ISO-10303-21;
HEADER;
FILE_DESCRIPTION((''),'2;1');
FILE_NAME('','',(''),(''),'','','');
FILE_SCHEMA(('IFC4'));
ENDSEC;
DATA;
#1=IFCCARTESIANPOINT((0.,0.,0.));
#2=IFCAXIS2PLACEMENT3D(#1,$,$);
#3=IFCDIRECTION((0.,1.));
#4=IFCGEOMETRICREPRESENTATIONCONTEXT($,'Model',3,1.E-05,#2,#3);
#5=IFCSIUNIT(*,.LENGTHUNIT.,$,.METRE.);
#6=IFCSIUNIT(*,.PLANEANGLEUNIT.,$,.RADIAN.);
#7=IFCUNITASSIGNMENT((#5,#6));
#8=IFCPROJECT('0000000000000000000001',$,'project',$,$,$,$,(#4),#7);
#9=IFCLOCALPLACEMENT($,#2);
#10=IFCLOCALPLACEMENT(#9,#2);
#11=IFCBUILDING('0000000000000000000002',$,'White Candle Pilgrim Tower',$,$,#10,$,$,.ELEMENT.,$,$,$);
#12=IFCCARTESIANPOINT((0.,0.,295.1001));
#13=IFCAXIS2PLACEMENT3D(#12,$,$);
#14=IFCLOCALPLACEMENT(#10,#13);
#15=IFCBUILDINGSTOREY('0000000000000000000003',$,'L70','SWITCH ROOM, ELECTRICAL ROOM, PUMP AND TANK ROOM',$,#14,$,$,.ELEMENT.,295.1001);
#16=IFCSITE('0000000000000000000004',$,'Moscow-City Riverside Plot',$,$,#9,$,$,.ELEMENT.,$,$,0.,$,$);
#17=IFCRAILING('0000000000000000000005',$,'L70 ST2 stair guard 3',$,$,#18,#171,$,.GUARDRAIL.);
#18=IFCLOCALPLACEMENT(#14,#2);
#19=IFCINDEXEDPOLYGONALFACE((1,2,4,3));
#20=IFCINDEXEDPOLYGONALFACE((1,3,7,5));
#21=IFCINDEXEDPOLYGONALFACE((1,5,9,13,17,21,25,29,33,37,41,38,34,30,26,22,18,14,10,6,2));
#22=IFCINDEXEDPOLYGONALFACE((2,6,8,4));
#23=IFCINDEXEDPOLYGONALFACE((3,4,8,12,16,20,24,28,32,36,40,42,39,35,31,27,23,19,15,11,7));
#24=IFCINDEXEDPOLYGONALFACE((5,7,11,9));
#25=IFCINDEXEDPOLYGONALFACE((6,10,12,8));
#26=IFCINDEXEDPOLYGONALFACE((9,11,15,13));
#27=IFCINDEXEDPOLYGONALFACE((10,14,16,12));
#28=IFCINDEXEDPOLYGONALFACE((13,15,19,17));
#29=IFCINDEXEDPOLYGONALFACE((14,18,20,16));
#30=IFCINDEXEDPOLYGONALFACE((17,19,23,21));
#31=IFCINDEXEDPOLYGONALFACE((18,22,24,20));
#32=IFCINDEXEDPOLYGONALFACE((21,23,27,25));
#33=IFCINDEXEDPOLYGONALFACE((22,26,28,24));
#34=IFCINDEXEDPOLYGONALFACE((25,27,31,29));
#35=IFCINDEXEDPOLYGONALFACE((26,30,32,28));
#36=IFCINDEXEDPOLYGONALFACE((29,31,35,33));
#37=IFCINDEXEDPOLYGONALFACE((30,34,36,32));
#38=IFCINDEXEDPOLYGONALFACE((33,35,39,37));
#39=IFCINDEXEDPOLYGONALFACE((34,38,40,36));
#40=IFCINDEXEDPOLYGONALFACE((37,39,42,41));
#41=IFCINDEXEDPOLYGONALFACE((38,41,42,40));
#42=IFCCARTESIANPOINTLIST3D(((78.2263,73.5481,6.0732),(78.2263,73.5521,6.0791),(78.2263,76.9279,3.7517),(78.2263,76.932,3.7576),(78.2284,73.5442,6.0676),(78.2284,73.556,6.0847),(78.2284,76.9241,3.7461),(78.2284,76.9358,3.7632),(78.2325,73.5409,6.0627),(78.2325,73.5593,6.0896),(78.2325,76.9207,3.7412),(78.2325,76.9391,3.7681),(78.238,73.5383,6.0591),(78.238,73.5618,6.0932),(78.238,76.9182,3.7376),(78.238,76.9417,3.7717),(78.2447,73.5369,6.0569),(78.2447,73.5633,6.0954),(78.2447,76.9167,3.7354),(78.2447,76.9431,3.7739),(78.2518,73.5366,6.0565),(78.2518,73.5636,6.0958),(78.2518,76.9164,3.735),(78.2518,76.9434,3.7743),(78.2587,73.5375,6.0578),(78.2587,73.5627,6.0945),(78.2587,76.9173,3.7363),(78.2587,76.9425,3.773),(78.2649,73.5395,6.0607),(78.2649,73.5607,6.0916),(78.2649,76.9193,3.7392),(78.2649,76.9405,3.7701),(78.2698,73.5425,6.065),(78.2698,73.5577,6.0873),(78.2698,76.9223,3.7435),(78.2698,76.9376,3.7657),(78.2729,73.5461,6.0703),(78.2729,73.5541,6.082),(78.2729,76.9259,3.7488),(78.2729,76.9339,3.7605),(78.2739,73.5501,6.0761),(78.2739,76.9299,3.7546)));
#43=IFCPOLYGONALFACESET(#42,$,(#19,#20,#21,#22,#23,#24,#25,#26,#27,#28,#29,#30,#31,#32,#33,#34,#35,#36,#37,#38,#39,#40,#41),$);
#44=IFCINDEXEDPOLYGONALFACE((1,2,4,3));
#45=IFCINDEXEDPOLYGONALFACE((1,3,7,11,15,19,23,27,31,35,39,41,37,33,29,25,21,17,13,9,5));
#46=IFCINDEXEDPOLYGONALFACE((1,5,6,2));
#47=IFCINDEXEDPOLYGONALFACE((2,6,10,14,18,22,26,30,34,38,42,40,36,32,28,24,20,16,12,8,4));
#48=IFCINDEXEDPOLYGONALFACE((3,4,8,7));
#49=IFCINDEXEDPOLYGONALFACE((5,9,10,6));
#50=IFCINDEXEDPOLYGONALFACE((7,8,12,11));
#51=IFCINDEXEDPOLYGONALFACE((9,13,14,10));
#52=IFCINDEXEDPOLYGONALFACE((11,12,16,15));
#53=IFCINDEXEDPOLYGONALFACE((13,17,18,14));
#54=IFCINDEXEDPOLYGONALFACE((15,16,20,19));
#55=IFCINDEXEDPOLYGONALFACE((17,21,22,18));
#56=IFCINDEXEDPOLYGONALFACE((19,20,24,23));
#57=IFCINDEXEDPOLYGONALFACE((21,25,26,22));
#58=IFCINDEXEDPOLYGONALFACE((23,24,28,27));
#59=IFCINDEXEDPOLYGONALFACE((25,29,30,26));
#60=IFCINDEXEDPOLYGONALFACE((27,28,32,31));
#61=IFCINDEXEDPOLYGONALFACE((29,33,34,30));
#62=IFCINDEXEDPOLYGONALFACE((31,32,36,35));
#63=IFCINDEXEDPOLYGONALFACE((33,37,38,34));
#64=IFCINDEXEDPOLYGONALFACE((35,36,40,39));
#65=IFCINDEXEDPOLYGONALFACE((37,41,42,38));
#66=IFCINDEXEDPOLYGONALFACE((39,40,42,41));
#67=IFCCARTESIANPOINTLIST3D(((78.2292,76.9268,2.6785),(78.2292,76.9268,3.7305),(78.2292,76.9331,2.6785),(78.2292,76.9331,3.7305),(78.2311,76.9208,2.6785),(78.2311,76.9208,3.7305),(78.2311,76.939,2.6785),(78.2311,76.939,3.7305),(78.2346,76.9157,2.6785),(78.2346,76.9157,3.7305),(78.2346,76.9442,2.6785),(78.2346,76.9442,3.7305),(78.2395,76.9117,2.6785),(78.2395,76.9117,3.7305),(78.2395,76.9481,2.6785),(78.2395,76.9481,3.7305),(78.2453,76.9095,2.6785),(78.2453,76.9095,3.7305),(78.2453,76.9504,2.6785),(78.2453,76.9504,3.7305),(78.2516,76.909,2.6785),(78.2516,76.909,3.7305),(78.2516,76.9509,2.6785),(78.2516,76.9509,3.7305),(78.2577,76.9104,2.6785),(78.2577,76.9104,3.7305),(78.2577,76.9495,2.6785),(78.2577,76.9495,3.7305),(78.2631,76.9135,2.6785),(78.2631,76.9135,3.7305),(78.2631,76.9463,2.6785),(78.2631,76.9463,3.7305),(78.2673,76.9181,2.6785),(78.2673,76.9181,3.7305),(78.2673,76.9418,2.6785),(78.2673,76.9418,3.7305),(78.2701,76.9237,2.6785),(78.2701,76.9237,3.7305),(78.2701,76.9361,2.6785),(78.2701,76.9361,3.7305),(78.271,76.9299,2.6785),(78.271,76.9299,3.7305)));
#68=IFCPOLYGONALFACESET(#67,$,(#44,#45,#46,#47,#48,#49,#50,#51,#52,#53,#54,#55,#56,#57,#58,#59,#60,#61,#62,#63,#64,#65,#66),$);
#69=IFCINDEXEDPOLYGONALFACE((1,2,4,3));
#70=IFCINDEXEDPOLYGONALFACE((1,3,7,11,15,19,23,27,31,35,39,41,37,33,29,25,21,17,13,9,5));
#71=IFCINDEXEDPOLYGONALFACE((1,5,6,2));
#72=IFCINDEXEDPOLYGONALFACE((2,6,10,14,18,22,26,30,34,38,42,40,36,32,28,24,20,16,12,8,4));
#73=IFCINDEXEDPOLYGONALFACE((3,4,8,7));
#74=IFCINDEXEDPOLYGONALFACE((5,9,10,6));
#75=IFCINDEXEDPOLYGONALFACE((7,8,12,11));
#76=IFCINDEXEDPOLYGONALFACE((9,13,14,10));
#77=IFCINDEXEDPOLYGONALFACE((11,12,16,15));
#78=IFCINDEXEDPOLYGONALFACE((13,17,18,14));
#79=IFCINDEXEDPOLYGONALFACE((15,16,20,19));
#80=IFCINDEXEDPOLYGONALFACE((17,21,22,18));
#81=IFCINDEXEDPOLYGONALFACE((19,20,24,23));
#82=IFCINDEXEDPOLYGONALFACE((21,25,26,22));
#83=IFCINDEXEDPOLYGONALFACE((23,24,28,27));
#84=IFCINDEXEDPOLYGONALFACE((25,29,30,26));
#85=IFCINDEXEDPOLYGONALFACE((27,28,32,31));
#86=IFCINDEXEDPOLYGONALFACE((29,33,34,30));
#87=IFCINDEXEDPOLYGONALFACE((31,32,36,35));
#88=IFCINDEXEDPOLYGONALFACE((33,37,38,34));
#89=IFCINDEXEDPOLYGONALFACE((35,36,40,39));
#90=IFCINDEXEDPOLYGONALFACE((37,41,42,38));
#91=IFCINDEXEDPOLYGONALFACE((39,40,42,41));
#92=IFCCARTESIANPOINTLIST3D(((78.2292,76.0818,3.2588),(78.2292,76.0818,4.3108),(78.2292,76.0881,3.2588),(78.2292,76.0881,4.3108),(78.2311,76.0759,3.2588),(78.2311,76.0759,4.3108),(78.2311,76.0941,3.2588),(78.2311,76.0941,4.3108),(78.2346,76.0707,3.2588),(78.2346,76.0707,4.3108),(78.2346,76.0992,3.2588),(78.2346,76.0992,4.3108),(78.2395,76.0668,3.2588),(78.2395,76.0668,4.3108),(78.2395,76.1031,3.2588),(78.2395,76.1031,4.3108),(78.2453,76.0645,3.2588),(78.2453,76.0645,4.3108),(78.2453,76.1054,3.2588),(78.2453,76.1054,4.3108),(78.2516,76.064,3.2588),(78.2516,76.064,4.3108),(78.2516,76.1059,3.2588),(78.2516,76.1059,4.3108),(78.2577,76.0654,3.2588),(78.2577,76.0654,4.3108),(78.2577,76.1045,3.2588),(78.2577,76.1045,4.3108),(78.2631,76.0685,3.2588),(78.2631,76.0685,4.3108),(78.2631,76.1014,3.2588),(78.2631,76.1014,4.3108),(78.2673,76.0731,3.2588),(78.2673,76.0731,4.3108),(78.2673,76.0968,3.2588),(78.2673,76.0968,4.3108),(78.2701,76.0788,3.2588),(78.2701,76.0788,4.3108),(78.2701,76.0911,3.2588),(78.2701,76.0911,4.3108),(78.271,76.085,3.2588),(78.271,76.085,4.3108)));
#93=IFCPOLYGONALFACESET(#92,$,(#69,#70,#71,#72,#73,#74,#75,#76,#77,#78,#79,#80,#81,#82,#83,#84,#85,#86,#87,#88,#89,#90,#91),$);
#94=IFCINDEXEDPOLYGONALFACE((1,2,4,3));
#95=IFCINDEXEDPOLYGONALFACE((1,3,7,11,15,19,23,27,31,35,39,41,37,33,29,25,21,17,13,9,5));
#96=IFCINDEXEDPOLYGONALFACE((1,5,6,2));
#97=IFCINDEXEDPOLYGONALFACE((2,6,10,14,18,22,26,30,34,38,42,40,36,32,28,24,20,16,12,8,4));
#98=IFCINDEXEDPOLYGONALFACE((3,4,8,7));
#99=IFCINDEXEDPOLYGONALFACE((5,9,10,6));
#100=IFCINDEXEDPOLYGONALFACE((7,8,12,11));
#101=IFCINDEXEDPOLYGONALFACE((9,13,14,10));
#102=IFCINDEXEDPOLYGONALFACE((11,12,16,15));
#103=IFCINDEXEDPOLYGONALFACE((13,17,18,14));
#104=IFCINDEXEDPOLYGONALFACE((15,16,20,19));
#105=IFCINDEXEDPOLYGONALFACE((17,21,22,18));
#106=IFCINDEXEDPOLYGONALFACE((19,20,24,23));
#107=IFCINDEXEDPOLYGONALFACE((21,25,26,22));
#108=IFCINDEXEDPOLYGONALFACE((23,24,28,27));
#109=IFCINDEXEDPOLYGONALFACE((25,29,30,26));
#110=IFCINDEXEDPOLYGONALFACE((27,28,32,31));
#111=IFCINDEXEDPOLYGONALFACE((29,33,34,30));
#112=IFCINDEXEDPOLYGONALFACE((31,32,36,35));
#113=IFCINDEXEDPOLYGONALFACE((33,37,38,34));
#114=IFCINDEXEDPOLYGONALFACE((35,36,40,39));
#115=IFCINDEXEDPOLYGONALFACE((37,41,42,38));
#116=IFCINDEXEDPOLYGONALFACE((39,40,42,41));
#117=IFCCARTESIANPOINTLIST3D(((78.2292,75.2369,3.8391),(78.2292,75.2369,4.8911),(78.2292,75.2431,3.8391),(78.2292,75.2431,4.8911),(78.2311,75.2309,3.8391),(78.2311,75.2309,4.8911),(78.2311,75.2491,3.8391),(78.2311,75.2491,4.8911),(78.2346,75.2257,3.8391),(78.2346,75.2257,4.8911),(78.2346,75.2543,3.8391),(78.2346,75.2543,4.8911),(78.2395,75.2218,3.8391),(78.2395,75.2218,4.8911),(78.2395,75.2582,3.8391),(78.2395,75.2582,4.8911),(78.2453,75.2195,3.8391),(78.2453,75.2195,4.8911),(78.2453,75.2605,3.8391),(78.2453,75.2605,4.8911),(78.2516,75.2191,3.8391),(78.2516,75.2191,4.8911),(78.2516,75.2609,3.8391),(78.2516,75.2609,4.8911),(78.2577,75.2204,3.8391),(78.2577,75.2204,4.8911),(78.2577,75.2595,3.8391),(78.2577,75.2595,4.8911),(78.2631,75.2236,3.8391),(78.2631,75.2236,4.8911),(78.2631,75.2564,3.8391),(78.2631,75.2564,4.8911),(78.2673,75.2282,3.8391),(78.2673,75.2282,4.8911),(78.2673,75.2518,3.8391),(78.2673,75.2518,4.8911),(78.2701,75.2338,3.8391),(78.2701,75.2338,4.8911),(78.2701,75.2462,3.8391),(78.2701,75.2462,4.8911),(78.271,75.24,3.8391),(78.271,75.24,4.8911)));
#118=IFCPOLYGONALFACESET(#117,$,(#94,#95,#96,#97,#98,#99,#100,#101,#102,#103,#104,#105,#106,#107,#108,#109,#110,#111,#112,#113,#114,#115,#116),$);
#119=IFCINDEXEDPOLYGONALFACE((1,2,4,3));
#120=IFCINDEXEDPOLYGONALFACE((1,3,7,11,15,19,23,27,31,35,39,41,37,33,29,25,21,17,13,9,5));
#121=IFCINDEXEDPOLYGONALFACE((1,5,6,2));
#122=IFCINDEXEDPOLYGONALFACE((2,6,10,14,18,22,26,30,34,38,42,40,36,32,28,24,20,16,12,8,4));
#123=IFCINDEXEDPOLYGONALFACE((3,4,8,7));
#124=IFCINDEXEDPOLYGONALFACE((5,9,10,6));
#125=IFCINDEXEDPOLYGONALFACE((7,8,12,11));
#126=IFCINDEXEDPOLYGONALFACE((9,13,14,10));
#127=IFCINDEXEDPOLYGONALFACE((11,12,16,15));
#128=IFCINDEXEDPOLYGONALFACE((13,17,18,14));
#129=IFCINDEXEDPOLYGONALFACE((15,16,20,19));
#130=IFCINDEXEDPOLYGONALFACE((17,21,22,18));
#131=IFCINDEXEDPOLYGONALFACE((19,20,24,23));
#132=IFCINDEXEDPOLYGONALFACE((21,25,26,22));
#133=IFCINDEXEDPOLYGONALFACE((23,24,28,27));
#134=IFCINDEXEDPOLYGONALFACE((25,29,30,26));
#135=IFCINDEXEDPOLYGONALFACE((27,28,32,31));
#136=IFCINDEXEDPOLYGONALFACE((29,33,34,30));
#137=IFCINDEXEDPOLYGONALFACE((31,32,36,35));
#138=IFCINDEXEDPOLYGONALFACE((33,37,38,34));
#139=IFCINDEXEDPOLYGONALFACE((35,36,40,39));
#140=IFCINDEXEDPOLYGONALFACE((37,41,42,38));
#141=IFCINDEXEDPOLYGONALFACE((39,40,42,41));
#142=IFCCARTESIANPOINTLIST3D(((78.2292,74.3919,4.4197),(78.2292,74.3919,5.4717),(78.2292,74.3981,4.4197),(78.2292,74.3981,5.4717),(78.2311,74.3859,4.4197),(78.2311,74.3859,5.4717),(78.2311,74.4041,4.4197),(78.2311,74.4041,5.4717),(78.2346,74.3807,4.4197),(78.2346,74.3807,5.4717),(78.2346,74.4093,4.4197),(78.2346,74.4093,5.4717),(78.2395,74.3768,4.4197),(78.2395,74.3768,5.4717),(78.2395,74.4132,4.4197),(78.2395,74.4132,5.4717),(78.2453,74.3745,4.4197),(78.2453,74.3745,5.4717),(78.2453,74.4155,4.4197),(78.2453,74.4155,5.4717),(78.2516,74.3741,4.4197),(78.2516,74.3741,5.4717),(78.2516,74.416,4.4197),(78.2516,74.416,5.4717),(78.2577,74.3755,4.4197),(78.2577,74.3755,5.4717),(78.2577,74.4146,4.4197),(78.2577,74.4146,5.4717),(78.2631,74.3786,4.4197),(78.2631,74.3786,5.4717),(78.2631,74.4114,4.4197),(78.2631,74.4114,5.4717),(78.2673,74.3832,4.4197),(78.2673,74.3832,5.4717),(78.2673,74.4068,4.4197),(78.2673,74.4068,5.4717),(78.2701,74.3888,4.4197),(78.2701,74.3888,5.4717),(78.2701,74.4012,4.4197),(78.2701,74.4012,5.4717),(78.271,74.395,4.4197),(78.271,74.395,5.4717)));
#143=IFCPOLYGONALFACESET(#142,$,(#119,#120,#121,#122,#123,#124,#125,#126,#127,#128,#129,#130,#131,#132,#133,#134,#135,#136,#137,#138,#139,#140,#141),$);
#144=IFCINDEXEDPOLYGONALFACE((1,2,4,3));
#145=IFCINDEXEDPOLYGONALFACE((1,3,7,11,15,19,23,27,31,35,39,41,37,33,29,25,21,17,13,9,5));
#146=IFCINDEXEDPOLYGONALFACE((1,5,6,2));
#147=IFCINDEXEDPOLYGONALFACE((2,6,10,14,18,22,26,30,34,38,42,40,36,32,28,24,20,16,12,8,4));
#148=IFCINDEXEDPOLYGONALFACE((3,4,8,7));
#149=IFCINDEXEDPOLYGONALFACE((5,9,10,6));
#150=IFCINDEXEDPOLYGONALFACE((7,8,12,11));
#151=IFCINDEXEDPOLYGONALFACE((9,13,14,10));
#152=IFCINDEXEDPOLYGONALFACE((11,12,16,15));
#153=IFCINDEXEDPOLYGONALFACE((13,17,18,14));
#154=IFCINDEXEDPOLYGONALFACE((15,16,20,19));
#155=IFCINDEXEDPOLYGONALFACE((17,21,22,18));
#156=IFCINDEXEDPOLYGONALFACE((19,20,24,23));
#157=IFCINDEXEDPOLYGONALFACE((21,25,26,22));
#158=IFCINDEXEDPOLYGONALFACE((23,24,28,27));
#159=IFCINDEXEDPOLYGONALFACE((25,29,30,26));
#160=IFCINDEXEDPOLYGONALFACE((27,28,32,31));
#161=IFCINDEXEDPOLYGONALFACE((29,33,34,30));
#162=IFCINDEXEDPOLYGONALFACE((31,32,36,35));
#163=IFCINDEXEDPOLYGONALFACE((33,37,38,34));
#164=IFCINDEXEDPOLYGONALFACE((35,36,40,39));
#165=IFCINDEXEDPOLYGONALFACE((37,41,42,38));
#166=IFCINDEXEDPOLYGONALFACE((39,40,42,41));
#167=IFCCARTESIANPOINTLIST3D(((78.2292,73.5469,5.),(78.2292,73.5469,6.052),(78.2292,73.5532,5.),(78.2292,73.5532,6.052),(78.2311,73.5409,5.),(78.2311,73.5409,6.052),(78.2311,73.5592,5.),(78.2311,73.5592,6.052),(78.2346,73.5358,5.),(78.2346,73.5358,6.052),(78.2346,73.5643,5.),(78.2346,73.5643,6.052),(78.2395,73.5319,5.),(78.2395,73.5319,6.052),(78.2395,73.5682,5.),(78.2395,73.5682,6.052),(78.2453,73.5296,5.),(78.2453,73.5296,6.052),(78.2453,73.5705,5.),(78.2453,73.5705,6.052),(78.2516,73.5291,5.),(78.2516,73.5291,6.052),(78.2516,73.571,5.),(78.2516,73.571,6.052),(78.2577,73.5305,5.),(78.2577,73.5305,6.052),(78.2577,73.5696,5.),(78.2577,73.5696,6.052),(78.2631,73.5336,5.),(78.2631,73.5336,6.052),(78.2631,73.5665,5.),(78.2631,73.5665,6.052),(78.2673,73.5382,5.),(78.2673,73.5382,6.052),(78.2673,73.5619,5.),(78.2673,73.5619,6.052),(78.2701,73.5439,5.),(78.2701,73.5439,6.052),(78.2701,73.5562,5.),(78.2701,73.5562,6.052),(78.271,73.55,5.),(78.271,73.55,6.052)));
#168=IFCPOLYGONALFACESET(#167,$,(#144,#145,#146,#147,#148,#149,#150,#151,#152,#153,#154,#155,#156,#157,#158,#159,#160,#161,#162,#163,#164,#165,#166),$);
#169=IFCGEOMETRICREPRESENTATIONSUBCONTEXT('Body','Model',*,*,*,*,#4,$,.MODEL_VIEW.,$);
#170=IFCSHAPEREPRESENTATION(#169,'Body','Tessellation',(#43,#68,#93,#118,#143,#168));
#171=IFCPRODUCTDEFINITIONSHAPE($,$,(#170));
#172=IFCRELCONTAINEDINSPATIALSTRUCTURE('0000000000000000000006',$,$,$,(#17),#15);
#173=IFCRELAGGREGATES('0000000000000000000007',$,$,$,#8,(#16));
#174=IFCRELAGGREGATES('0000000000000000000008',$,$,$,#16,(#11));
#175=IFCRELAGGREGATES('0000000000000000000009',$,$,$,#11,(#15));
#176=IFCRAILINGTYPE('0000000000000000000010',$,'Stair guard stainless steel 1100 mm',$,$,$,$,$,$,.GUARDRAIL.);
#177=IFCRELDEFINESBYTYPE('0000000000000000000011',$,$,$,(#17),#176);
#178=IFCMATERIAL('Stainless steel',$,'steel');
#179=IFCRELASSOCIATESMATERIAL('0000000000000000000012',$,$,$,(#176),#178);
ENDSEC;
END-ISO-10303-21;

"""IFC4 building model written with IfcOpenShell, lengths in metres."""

from ifc_helpers import new_model, si_unit, direction, frame, origin, origin_2d, place, context, subcontext, project, spatial, circle, extrude, material, type_object, element, save


model = new_model("IFC4")

# Units and contexts
model_context = context("Model", 3, precision=1e-05, world=origin(), true_north=direction((0.0, 1.0)))
body_context = subcontext(model_context, "Body", "Model", "MODEL_VIEW")
ifc_project = project(units=[si_unit("LENGTHUNIT", "METRE"), si_unit("PLANEANGLEUNIT", "RADIAN")], contexts=[model_context])

# Site, building, storey
site_placement = place(None, origin())
site = spatial("IfcSite", under=ifc_project, at=site_placement, Name="Moscow-City Riverside Plot", CompositionType="ELEMENT", RefElevation=0.0)
building_placement = place(site_placement, origin())
building = spatial("IfcBuilding", under=site, at=building_placement, Name="White Candle Pilgrim Tower", CompositionType="ELEMENT")
storey_placement = place(building_placement, frame((0.0, 0.0, 295.1001)))
storey = spatial("IfcBuildingStorey", under=building, at=storey_placement, Name="L70", Description="SWITCH ROOM, ELECTRICAL ROOM, PUMP AND TANK ROOM", CompositionType="ELEMENT", Elevation=295.1001)

# Railing
ifc_material_1 = material(Name="Stainless steel", Category="steel")
railing_type_1 = type_object("IfcRailingType", Name="Stair guard stainless steel 1100 mm", PredefinedType="GUARDRAIL", material=ifc_material_1)
railing_1_placement = place(storey_placement, frame((78.25, 76.9299, 2.6785)))
element("IfcRailing", 1, at=railing_1_placement, inside=storey, type_object=railing_type_1, Name="L70 ST2 stair guard 3", PredefinedType="GUARDRAIL", context=body_context, shape_type="SweptSolid", body=[
    extrude(circle(Radius=0.0239, at=origin_2d()), frame((0.0, 0.0, 1.0762), z_axis=(0.0, -0.824285, 0.566175), x_axis=(1.0, 0.0, 0.0)), (0.0, 0.0, 1.0), 4.1003),
    extrude(circle(Radius=0.021, at=origin_2d()), origin(), (0.0, 0.0, 1.0), 1.052),
    extrude(circle(Radius=0.021, at=origin_2d()), frame((0.0, -0.845, 0.5803)), (0.0, 0.0, 1.0), 1.052),
    extrude(circle(Radius=0.021, at=origin_2d()), frame((0.0, -1.6899, 1.1606)), (0.0, 0.0, 1.0), 1.052),
    extrude(circle(Radius=0.021, at=origin_2d()), frame((0.0, -2.5349, 1.7412)), (0.0, 0.0, 1.0), 1.052),
    extrude(circle(Radius=0.021, at=origin_2d()), frame((0.0, -3.3799, 2.3215)), (0.0, 0.0, 1.0), 1.052),
])

save(model, "model.ifc")
